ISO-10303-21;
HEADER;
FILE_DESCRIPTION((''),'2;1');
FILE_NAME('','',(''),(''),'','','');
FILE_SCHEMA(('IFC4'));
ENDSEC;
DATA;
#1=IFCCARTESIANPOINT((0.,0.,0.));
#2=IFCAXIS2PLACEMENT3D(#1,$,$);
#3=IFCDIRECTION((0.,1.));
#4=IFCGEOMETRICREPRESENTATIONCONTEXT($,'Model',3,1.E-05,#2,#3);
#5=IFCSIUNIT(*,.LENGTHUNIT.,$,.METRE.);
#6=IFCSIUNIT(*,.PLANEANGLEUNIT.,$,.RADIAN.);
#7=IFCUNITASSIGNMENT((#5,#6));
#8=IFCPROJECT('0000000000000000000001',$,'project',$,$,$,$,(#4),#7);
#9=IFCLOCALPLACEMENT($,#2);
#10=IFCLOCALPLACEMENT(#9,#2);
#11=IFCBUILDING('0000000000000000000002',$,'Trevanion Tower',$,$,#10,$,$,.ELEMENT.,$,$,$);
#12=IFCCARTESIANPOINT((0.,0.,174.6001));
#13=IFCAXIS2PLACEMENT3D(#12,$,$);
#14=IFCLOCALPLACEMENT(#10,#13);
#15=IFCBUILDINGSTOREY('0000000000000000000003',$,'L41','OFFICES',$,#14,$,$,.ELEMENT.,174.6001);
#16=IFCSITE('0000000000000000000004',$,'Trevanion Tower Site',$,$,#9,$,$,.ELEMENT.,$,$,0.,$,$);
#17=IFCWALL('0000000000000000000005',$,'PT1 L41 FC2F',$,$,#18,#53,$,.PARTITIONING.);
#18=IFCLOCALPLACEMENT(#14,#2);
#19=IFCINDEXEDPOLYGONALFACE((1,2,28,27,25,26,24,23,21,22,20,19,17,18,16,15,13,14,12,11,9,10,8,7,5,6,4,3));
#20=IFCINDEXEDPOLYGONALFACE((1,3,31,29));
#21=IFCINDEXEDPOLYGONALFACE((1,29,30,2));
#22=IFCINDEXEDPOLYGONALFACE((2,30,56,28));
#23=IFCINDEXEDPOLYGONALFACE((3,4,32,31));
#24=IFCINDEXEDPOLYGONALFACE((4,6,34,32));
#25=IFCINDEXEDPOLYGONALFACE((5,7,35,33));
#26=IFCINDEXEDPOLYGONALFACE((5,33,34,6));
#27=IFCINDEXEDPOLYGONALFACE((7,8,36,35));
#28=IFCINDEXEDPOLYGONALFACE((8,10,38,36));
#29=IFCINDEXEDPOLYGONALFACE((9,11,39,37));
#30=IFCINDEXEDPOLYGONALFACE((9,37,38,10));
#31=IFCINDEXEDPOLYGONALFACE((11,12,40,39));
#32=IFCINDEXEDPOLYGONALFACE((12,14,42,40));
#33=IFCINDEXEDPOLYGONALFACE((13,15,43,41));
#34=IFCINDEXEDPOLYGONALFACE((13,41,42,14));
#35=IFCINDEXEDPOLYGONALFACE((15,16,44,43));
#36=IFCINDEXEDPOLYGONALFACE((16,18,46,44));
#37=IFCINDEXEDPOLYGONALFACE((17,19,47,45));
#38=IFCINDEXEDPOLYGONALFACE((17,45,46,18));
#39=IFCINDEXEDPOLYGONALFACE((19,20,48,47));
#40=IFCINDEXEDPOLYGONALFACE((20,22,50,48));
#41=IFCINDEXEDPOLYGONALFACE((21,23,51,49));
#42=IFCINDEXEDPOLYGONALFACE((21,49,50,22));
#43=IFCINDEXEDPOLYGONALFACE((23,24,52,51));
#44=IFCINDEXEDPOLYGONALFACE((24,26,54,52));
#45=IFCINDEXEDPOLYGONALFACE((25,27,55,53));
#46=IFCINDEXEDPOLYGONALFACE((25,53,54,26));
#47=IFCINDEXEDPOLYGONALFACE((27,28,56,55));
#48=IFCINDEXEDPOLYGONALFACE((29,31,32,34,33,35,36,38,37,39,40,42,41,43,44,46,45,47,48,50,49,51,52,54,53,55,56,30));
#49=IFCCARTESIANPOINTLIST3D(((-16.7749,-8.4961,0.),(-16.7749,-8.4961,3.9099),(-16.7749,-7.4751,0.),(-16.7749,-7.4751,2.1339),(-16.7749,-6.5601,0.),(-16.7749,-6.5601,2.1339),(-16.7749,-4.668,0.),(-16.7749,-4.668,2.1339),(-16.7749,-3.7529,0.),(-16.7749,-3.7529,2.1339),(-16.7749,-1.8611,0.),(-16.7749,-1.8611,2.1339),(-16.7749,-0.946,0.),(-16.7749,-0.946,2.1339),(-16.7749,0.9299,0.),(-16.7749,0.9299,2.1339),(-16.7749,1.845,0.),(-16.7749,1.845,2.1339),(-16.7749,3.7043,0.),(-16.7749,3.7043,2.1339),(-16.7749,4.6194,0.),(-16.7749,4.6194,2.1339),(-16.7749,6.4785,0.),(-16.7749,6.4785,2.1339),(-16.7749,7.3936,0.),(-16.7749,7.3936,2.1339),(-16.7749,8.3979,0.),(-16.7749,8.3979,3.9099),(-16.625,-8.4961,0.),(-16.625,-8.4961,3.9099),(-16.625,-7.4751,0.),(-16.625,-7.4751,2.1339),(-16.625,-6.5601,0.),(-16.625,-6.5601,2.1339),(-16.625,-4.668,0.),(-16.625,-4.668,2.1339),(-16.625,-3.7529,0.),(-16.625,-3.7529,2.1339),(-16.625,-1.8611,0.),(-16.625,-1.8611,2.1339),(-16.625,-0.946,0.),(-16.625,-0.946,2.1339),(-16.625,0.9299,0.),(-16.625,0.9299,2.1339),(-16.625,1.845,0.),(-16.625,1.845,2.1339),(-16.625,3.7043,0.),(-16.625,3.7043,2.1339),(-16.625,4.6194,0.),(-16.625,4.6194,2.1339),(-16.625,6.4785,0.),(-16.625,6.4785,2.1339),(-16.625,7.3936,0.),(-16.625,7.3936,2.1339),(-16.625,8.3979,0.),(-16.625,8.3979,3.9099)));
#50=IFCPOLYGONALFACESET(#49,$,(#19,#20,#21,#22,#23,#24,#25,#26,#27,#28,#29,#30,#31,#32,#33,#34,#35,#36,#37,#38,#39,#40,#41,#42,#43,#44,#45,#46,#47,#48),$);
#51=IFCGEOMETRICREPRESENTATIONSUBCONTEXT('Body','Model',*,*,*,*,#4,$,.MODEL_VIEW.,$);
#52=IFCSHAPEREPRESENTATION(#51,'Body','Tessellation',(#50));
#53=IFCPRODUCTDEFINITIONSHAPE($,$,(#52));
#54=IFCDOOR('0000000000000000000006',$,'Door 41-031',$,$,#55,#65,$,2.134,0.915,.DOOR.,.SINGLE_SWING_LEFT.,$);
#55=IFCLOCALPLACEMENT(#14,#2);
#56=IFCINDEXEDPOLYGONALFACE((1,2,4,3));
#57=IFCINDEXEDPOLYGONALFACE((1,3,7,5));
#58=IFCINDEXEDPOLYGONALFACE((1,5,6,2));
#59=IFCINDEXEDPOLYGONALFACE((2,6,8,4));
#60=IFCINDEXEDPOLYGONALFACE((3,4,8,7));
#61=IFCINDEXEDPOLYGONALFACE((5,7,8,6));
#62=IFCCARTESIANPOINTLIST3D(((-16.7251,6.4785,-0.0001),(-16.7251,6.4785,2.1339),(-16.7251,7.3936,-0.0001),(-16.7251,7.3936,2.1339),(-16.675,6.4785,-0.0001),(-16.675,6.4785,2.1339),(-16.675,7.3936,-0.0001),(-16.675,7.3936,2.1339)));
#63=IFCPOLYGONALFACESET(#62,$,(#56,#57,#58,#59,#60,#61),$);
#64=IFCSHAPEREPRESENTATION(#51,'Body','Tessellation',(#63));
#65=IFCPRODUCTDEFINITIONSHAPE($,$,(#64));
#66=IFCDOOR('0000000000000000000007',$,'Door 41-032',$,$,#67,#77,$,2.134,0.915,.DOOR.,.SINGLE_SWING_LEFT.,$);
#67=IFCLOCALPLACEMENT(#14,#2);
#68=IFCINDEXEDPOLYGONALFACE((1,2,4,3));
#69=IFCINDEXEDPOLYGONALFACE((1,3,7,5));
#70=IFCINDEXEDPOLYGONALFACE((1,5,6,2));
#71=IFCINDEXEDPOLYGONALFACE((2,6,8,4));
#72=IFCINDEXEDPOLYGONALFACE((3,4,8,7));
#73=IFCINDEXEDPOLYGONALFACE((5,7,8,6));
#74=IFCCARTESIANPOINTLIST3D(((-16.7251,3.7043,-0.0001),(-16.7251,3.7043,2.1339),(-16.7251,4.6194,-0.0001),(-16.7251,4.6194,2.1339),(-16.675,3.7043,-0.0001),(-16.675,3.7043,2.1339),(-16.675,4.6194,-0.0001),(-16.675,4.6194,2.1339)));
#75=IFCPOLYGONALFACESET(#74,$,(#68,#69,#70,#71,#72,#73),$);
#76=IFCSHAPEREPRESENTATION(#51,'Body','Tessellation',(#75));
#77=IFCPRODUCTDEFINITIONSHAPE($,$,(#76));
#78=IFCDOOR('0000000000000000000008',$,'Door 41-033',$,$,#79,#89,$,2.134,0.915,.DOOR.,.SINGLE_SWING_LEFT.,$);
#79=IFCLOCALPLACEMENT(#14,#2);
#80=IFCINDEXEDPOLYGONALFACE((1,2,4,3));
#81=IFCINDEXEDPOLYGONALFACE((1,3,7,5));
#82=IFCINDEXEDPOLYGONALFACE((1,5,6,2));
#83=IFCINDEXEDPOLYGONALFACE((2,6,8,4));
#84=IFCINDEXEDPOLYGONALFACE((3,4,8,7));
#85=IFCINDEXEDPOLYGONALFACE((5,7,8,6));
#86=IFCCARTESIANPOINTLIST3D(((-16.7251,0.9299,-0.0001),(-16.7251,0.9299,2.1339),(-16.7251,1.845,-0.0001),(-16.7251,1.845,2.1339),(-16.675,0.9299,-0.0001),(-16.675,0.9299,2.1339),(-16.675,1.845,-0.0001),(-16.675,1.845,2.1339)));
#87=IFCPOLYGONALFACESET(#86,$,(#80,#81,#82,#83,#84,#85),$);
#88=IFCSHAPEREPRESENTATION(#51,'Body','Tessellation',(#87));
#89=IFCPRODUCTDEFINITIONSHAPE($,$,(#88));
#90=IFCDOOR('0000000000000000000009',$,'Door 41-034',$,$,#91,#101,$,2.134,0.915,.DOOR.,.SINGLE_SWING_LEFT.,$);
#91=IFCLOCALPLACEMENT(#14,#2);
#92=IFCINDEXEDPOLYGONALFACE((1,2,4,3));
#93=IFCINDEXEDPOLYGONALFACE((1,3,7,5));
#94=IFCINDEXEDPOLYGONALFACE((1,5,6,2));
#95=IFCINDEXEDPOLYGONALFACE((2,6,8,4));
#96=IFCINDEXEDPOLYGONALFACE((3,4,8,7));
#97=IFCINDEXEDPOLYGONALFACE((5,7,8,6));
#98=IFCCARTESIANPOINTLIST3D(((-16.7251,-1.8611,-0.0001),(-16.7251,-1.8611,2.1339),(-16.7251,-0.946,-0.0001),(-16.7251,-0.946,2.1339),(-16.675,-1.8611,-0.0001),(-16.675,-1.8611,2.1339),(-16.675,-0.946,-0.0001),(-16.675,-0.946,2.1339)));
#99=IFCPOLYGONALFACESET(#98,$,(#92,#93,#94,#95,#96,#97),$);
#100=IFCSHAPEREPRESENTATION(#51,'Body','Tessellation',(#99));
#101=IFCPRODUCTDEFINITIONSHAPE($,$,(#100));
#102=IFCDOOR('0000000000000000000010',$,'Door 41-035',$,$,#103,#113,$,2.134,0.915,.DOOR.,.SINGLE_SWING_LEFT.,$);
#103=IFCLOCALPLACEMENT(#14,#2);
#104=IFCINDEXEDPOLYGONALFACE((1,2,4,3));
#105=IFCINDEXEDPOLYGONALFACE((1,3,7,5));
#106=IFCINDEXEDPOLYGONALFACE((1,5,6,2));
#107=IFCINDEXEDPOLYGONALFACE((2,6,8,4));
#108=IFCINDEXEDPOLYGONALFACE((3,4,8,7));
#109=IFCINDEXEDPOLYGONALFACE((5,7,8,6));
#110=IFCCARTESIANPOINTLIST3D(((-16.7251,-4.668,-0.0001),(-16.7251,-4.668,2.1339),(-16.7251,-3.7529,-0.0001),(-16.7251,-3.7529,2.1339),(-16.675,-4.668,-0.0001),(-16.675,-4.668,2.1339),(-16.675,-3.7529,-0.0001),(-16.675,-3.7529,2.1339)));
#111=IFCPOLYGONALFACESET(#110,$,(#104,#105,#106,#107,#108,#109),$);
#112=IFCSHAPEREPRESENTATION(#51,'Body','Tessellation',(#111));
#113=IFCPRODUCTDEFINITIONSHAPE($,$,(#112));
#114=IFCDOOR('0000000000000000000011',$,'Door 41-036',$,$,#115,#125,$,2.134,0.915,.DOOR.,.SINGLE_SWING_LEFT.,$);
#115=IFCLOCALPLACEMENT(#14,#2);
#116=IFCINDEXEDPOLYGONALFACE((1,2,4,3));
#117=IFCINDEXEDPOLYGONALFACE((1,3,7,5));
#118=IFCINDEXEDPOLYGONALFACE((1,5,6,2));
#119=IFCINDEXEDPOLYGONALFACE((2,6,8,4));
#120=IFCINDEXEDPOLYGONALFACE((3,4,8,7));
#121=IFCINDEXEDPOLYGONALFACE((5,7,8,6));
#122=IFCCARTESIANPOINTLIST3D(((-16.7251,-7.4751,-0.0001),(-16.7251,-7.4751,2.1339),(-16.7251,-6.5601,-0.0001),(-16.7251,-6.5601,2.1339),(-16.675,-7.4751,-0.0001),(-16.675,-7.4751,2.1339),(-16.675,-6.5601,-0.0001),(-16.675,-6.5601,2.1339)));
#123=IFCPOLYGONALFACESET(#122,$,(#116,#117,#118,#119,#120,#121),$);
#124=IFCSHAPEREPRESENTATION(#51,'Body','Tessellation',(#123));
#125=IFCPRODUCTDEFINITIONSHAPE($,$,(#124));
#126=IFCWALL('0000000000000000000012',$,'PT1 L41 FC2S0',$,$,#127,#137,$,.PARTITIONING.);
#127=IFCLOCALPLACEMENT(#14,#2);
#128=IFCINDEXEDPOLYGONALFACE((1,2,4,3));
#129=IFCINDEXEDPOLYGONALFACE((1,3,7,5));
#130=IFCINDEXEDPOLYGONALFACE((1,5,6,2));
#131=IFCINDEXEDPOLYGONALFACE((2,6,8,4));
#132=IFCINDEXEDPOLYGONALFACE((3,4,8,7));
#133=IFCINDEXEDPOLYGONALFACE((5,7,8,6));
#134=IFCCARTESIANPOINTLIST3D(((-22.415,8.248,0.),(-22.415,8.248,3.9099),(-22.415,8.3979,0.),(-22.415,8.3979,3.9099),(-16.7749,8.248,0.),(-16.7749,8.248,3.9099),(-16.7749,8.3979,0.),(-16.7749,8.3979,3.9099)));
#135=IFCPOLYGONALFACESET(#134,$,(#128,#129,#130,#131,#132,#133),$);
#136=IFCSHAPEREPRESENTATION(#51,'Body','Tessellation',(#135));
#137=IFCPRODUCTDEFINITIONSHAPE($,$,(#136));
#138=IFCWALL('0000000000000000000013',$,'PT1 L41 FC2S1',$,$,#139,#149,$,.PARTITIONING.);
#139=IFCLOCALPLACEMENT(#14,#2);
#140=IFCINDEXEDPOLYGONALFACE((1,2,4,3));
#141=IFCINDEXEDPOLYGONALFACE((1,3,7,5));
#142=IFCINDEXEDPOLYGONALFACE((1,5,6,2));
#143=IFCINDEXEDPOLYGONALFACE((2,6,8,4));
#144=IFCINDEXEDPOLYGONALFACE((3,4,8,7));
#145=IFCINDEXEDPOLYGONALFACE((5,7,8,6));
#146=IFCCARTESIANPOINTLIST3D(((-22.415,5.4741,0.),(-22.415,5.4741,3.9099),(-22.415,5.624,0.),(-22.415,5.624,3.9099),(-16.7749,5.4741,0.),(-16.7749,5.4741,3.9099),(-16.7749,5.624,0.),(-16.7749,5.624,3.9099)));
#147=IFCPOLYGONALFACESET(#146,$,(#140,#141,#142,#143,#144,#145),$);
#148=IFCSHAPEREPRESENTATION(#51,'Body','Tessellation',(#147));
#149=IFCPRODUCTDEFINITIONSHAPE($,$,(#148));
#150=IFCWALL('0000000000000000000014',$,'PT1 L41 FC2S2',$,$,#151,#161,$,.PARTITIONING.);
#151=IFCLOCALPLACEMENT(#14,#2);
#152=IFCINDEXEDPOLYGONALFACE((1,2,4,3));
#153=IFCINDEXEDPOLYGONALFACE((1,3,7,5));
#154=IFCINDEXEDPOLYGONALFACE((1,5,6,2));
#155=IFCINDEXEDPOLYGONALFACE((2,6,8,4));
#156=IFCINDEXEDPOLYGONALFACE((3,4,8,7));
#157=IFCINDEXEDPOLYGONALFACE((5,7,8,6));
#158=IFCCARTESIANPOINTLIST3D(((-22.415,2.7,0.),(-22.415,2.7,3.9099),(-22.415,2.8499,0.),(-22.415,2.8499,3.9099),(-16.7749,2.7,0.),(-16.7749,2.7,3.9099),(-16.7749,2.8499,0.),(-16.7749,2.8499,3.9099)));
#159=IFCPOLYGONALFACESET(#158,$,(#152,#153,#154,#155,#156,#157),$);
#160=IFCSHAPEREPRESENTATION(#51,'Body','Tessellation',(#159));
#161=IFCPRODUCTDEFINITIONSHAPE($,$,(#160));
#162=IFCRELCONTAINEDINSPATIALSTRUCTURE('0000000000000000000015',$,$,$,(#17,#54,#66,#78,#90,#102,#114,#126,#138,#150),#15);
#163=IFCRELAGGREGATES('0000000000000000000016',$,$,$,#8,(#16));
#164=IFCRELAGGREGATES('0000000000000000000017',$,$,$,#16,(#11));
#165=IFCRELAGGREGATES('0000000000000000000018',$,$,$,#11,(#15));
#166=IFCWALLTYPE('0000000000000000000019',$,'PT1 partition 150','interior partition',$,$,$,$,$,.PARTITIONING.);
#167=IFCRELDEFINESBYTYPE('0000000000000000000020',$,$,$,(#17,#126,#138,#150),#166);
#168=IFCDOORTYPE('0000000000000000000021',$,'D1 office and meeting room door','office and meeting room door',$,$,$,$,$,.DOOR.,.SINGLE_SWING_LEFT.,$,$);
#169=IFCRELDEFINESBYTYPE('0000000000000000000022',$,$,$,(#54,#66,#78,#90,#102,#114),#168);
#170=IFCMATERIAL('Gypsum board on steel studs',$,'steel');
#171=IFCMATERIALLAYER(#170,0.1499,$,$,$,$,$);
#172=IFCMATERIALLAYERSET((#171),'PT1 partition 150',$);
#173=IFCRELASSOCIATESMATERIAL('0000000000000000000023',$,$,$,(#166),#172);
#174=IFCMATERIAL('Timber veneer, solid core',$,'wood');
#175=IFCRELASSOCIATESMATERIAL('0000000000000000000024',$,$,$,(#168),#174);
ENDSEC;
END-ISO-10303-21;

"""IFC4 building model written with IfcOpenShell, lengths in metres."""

from ifc_helpers import new_model, si_unit, direction, frame, frame_2d, origin, place, context, subcontext, project, spatial, rectangle, extrude, material, layer, layer_set, type_object, element, fill, save


model = new_model("IFC4")

# Units and contexts
model_context = context("Model", 3, precision=1e-05, world=origin(), true_north=direction((0.0, 1.0)))
body_context = subcontext(model_context, "Body", "Model", "MODEL_VIEW")
ifc_project = project(units=[si_unit("LENGTHUNIT", "METRE"), si_unit("PLANEANGLEUNIT", "RADIAN")], contexts=[model_context])

# Site, building, storey
site_placement = place(None, origin())
site = spatial("IfcSite", under=ifc_project, at=site_placement, Name="Trevanion Tower Site", CompositionType="ELEMENT", RefElevation=0.0)
building_placement = place(site_placement, origin())
building = spatial("IfcBuilding", under=site, at=building_placement, Name="Trevanion Tower", CompositionType="ELEMENT")
storey_placement = place(building_placement, frame((0.0, 0.0, 174.6001)))
storey = spatial("IfcBuildingStorey", under=building, at=storey_placement, Name="L41", Description="OFFICES", CompositionType="ELEMENT", Elevation=174.6001)

# Shared definitions
ifc_material_1 = material(Name="Gypsum board on steel studs", Category="steel")
ifc_layer_1 = layer(ifc_material_1, 0.1499)
ifc_layer_set_1 = layer_set([ifc_layer_1], Name="PT1 partition 150")
wall_type_1 = type_object("IfcWallType", Name="PT1 partition 150", Description="interior partition", PredefinedType="PARTITIONING", material=ifc_layer_set_1)
ifc_material_2 = material(Name="Timber veneer, solid core", Category="wood")
door_type_1 = type_object("IfcDoorType", Name="D1 office and meeting room door", Description="office and meeting room door", OperationType="SINGLE_SWING_LEFT", PredefinedType="DOOR", material=ifc_material_2)

# Wall, openings, doors
wall_1_placement = place(storey_placement, frame((-16.7, 8.3979, 0.0), z_axis=(0.0, 0.0, 1.0), x_axis=(0.0, -1.0, 0.0)))
wall_1 = element("IfcWall", 1, at=wall_1_placement, inside=storey, type_object=wall_type_1, Name="PT1 L41 FC2F", PredefinedType="PARTITIONING", context=body_context, shape_type="SweptSolid", body=[
    extrude(rectangle(XDim=16.894, YDim=0.1499, at=frame_2d((8.447, 0.0))), origin(), (0.0, 0.0, 1.0), 3.9099),
])
opening_1_placement = place(wall_1_placement, frame((1.0044, 0.0, 0.0)))
opening_1 = element("IfcOpeningElement", 2, at=opening_1_placement, cuts=wall_1, PredefinedType="OPENING", context=body_context, shape_type="SweptSolid", body=[
    extrude(rectangle(XDim=0.915, YDim=2.134, at=frame_2d((0.4575, 1.0669))), frame((0.0, 0.085, 0.0), z_axis=(0.0, -1.0, 0.0), x_axis=(1.0, 0.0, 0.0)), (0.0, 0.0, 1.0), 0.1699),
])
opening_2_placement = place(wall_1_placement, frame((3.7786, 0.0, 0.0)))
opening_2 = element("IfcOpeningElement", 3, at=opening_2_placement, cuts=wall_1, PredefinedType="OPENING", context=body_context, shape_type="SweptSolid", body=[
    extrude(rectangle(XDim=0.915, YDim=2.134, at=frame_2d((0.4575, 1.0669))), frame((0.0, 0.085, 0.0), z_axis=(0.0, -1.0, 0.0), x_axis=(1.0, 0.0, 0.0)), (0.0, 0.0, 1.0), 0.1699),
])
opening_3_placement = place(wall_1_placement, frame((6.553, 0.0, 0.0)))
opening_3 = element("IfcOpeningElement", 4, at=opening_3_placement, cuts=wall_1, PredefinedType="OPENING", context=body_context, shape_type="SweptSolid", body=[
    extrude(rectangle(XDim=0.915, YDim=2.134, at=frame_2d((0.4575, 1.0669))), frame((0.0, 0.085, 0.0), z_axis=(0.0, -1.0, 0.0), x_axis=(1.0, 0.0, 0.0)), (0.0, 0.0, 1.0), 0.1699),
])
opening_4_placement = place(wall_1_placement, frame((9.344, 0.0, 0.0)))
opening_4 = element("IfcOpeningElement", 5, at=opening_4_placement, cuts=wall_1, PredefinedType="OPENING", context=body_context, shape_type="SweptSolid", body=[
    extrude(rectangle(XDim=0.915, YDim=2.134, at=frame_2d((0.4575, 1.0669))), frame((0.0, 0.085, 0.0), z_axis=(0.0, -1.0, 0.0), x_axis=(1.0, 0.0, 0.0)), (0.0, 0.0, 1.0), 0.1699),
])
opening_5_placement = place(wall_1_placement, frame((12.1509, 0.0, 0.0)))
opening_5 = element("IfcOpeningElement", 6, at=opening_5_placement, cuts=wall_1, PredefinedType="OPENING", context=body_context, shape_type="SweptSolid", body=[
    extrude(rectangle(XDim=0.915, YDim=2.134, at=frame_2d((0.4575, 1.0669))), frame((0.0, 0.085, 0.0), z_axis=(0.0, -1.0, 0.0), x_axis=(1.0, 0.0, 0.0)), (0.0, 0.0, 1.0), 0.1699),
])
opening_6_placement = place(wall_1_placement, frame((14.958, 0.0, 0.0)))
opening_6 = element("IfcOpeningElement", 7, at=opening_6_placement, cuts=wall_1, PredefinedType="OPENING", context=body_context, shape_type="SweptSolid", body=[
    extrude(rectangle(XDim=0.915, YDim=2.134, at=frame_2d((0.4575, 1.0669))), frame((0.0, 0.085, 0.0), z_axis=(0.0, -1.0, 0.0), x_axis=(1.0, 0.0, 0.0)), (0.0, 0.0, 1.0), 0.1699),
])
door_1_placement = place(opening_1_placement, origin())
door_1 = element("IfcDoor", 8, at=door_1_placement, inside=storey, type_object=door_type_1, Name="Door 41-031", OperationType="SINGLE_SWING_LEFT", OverallHeight=2.134, OverallWidth=0.915, PredefinedType="DOOR", context=body_context, shape_type="SweptSolid", body=[
    extrude(rectangle(XDim=0.915, YDim=2.134, at=frame_2d((0.4575, 1.0669))), frame((0.0, 0.0249, 0.0), z_axis=(0.0, -1.0, 0.0), x_axis=(1.0, 0.0, 0.0)), (0.0, 0.0, 1.0), 0.05),
])
fill(opening_1, door_1)
door_2_placement = place(opening_2_placement, origin())
door_2 = element("IfcDoor", 9, at=door_2_placement, inside=storey, type_object=door_type_1, Name="Door 41-032", OperationType="SINGLE_SWING_LEFT", OverallHeight=2.134, OverallWidth=0.915, PredefinedType="DOOR", context=body_context, shape_type="SweptSolid", body=[
    extrude(rectangle(XDim=0.915, YDim=2.134, at=frame_2d((0.4575, 1.0669))), frame((0.0, 0.0249, 0.0), z_axis=(0.0, -1.0, 0.0), x_axis=(1.0, 0.0, 0.0)), (0.0, 0.0, 1.0), 0.05),
])
fill(opening_2, door_2)
door_3_placement = place(opening_3_placement, origin())
door_3 = element("IfcDoor", 10, at=door_3_placement, inside=storey, type_object=door_type_1, Name="Door 41-033", OperationType="SINGLE_SWING_LEFT", OverallHeight=2.134, OverallWidth=0.915, PredefinedType="DOOR", context=body_context, shape_type="SweptSolid", body=[
    extrude(rectangle(XDim=0.915, YDim=2.134, at=frame_2d((0.4575, 1.0669))), frame((0.0, 0.0249, 0.0), z_axis=(0.0, -1.0, 0.0), x_axis=(1.0, 0.0, 0.0)), (0.0, 0.0, 1.0), 0.05),
])
fill(opening_3, door_3)
door_4_placement = place(opening_4_placement, origin())
door_4 = element("IfcDoor", 11, at=door_4_placement, inside=storey, type_object=door_type_1, Name="Door 41-034", OperationType="SINGLE_SWING_LEFT", OverallHeight=2.134, OverallWidth=0.915, PredefinedType="DOOR", context=body_context, shape_type="SweptSolid", body=[
    extrude(rectangle(XDim=0.915, YDim=2.134, at=frame_2d((0.4575, 1.0669))), frame((0.0, 0.0249, 0.0), z_axis=(0.0, -1.0, 0.0), x_axis=(1.0, 0.0, 0.0)), (0.0, 0.0, 1.0), 0.05),
])
fill(opening_4, door_4)
door_5_placement = place(opening_5_placement, origin())
door_5 = element("IfcDoor", 12, at=door_5_placement, inside=storey, type_object=door_type_1, Name="Door 41-035", OperationType="SINGLE_SWING_LEFT", OverallHeight=2.134, OverallWidth=0.915, PredefinedType="DOOR", context=body_context, shape_type="SweptSolid", body=[
    extrude(rectangle(XDim=0.915, YDim=2.134, at=frame_2d((0.4575, 1.0669))), frame((0.0, 0.0249, 0.0), z_axis=(0.0, -1.0, 0.0), x_axis=(1.0, 0.0, 0.0)), (0.0, 0.0, 1.0), 0.05),
])
fill(opening_5, door_5)
door_6_placement = place(opening_6_placement, origin())
door_6 = element("IfcDoor", 13, at=door_6_placement, inside=storey, type_object=door_type_1, Name="Door 41-036", OperationType="SINGLE_SWING_LEFT", OverallHeight=2.134, OverallWidth=0.915, PredefinedType="DOOR", context=body_context, shape_type="SweptSolid", body=[
    extrude(rectangle(XDim=0.915, YDim=2.134, at=frame_2d((0.4575, 1.0669))), frame((0.0, 0.0249, 0.0), z_axis=(0.0, -1.0, 0.0), x_axis=(1.0, 0.0, 0.0)), (0.0, 0.0, 1.0), 0.05),
])
fill(opening_6, door_6)

# Walls
for number, where, z_axis, x_axis, name in (
    (14, (-16.7749, 8.323, 0.0), (0.0, 0.0, 1.0), (-1.0, 0.0, 0.0), "PT1 L41 FC2S0"),
    (15, (-16.7749, 5.5491, 0.0), (0.0, 0.0, 1.0), (-1.0, 0.0, 0.0), "PT1 L41 FC2S1"),
    (16, (-16.7749, 2.7749, 0.0), (0.0, 0.0, 1.0), (-1.0, 0.0, 0.0), "PT1 L41 FC2S2"),
):
    element("IfcWall", number, at=place(storey_placement, frame(where, z_axis=z_axis, x_axis=x_axis)), inside=storey, type_object=wall_type_1, Name=name, PredefinedType="PARTITIONING", context=body_context, shape_type="SweptSolid", body=[
        extrude(rectangle(XDim=5.6401, YDim=0.1499, at=frame_2d((2.8201, 0.0))), origin(), (0.0, 0.0, 1.0), 3.9099),
    ])

save(model, "model.ifc")
